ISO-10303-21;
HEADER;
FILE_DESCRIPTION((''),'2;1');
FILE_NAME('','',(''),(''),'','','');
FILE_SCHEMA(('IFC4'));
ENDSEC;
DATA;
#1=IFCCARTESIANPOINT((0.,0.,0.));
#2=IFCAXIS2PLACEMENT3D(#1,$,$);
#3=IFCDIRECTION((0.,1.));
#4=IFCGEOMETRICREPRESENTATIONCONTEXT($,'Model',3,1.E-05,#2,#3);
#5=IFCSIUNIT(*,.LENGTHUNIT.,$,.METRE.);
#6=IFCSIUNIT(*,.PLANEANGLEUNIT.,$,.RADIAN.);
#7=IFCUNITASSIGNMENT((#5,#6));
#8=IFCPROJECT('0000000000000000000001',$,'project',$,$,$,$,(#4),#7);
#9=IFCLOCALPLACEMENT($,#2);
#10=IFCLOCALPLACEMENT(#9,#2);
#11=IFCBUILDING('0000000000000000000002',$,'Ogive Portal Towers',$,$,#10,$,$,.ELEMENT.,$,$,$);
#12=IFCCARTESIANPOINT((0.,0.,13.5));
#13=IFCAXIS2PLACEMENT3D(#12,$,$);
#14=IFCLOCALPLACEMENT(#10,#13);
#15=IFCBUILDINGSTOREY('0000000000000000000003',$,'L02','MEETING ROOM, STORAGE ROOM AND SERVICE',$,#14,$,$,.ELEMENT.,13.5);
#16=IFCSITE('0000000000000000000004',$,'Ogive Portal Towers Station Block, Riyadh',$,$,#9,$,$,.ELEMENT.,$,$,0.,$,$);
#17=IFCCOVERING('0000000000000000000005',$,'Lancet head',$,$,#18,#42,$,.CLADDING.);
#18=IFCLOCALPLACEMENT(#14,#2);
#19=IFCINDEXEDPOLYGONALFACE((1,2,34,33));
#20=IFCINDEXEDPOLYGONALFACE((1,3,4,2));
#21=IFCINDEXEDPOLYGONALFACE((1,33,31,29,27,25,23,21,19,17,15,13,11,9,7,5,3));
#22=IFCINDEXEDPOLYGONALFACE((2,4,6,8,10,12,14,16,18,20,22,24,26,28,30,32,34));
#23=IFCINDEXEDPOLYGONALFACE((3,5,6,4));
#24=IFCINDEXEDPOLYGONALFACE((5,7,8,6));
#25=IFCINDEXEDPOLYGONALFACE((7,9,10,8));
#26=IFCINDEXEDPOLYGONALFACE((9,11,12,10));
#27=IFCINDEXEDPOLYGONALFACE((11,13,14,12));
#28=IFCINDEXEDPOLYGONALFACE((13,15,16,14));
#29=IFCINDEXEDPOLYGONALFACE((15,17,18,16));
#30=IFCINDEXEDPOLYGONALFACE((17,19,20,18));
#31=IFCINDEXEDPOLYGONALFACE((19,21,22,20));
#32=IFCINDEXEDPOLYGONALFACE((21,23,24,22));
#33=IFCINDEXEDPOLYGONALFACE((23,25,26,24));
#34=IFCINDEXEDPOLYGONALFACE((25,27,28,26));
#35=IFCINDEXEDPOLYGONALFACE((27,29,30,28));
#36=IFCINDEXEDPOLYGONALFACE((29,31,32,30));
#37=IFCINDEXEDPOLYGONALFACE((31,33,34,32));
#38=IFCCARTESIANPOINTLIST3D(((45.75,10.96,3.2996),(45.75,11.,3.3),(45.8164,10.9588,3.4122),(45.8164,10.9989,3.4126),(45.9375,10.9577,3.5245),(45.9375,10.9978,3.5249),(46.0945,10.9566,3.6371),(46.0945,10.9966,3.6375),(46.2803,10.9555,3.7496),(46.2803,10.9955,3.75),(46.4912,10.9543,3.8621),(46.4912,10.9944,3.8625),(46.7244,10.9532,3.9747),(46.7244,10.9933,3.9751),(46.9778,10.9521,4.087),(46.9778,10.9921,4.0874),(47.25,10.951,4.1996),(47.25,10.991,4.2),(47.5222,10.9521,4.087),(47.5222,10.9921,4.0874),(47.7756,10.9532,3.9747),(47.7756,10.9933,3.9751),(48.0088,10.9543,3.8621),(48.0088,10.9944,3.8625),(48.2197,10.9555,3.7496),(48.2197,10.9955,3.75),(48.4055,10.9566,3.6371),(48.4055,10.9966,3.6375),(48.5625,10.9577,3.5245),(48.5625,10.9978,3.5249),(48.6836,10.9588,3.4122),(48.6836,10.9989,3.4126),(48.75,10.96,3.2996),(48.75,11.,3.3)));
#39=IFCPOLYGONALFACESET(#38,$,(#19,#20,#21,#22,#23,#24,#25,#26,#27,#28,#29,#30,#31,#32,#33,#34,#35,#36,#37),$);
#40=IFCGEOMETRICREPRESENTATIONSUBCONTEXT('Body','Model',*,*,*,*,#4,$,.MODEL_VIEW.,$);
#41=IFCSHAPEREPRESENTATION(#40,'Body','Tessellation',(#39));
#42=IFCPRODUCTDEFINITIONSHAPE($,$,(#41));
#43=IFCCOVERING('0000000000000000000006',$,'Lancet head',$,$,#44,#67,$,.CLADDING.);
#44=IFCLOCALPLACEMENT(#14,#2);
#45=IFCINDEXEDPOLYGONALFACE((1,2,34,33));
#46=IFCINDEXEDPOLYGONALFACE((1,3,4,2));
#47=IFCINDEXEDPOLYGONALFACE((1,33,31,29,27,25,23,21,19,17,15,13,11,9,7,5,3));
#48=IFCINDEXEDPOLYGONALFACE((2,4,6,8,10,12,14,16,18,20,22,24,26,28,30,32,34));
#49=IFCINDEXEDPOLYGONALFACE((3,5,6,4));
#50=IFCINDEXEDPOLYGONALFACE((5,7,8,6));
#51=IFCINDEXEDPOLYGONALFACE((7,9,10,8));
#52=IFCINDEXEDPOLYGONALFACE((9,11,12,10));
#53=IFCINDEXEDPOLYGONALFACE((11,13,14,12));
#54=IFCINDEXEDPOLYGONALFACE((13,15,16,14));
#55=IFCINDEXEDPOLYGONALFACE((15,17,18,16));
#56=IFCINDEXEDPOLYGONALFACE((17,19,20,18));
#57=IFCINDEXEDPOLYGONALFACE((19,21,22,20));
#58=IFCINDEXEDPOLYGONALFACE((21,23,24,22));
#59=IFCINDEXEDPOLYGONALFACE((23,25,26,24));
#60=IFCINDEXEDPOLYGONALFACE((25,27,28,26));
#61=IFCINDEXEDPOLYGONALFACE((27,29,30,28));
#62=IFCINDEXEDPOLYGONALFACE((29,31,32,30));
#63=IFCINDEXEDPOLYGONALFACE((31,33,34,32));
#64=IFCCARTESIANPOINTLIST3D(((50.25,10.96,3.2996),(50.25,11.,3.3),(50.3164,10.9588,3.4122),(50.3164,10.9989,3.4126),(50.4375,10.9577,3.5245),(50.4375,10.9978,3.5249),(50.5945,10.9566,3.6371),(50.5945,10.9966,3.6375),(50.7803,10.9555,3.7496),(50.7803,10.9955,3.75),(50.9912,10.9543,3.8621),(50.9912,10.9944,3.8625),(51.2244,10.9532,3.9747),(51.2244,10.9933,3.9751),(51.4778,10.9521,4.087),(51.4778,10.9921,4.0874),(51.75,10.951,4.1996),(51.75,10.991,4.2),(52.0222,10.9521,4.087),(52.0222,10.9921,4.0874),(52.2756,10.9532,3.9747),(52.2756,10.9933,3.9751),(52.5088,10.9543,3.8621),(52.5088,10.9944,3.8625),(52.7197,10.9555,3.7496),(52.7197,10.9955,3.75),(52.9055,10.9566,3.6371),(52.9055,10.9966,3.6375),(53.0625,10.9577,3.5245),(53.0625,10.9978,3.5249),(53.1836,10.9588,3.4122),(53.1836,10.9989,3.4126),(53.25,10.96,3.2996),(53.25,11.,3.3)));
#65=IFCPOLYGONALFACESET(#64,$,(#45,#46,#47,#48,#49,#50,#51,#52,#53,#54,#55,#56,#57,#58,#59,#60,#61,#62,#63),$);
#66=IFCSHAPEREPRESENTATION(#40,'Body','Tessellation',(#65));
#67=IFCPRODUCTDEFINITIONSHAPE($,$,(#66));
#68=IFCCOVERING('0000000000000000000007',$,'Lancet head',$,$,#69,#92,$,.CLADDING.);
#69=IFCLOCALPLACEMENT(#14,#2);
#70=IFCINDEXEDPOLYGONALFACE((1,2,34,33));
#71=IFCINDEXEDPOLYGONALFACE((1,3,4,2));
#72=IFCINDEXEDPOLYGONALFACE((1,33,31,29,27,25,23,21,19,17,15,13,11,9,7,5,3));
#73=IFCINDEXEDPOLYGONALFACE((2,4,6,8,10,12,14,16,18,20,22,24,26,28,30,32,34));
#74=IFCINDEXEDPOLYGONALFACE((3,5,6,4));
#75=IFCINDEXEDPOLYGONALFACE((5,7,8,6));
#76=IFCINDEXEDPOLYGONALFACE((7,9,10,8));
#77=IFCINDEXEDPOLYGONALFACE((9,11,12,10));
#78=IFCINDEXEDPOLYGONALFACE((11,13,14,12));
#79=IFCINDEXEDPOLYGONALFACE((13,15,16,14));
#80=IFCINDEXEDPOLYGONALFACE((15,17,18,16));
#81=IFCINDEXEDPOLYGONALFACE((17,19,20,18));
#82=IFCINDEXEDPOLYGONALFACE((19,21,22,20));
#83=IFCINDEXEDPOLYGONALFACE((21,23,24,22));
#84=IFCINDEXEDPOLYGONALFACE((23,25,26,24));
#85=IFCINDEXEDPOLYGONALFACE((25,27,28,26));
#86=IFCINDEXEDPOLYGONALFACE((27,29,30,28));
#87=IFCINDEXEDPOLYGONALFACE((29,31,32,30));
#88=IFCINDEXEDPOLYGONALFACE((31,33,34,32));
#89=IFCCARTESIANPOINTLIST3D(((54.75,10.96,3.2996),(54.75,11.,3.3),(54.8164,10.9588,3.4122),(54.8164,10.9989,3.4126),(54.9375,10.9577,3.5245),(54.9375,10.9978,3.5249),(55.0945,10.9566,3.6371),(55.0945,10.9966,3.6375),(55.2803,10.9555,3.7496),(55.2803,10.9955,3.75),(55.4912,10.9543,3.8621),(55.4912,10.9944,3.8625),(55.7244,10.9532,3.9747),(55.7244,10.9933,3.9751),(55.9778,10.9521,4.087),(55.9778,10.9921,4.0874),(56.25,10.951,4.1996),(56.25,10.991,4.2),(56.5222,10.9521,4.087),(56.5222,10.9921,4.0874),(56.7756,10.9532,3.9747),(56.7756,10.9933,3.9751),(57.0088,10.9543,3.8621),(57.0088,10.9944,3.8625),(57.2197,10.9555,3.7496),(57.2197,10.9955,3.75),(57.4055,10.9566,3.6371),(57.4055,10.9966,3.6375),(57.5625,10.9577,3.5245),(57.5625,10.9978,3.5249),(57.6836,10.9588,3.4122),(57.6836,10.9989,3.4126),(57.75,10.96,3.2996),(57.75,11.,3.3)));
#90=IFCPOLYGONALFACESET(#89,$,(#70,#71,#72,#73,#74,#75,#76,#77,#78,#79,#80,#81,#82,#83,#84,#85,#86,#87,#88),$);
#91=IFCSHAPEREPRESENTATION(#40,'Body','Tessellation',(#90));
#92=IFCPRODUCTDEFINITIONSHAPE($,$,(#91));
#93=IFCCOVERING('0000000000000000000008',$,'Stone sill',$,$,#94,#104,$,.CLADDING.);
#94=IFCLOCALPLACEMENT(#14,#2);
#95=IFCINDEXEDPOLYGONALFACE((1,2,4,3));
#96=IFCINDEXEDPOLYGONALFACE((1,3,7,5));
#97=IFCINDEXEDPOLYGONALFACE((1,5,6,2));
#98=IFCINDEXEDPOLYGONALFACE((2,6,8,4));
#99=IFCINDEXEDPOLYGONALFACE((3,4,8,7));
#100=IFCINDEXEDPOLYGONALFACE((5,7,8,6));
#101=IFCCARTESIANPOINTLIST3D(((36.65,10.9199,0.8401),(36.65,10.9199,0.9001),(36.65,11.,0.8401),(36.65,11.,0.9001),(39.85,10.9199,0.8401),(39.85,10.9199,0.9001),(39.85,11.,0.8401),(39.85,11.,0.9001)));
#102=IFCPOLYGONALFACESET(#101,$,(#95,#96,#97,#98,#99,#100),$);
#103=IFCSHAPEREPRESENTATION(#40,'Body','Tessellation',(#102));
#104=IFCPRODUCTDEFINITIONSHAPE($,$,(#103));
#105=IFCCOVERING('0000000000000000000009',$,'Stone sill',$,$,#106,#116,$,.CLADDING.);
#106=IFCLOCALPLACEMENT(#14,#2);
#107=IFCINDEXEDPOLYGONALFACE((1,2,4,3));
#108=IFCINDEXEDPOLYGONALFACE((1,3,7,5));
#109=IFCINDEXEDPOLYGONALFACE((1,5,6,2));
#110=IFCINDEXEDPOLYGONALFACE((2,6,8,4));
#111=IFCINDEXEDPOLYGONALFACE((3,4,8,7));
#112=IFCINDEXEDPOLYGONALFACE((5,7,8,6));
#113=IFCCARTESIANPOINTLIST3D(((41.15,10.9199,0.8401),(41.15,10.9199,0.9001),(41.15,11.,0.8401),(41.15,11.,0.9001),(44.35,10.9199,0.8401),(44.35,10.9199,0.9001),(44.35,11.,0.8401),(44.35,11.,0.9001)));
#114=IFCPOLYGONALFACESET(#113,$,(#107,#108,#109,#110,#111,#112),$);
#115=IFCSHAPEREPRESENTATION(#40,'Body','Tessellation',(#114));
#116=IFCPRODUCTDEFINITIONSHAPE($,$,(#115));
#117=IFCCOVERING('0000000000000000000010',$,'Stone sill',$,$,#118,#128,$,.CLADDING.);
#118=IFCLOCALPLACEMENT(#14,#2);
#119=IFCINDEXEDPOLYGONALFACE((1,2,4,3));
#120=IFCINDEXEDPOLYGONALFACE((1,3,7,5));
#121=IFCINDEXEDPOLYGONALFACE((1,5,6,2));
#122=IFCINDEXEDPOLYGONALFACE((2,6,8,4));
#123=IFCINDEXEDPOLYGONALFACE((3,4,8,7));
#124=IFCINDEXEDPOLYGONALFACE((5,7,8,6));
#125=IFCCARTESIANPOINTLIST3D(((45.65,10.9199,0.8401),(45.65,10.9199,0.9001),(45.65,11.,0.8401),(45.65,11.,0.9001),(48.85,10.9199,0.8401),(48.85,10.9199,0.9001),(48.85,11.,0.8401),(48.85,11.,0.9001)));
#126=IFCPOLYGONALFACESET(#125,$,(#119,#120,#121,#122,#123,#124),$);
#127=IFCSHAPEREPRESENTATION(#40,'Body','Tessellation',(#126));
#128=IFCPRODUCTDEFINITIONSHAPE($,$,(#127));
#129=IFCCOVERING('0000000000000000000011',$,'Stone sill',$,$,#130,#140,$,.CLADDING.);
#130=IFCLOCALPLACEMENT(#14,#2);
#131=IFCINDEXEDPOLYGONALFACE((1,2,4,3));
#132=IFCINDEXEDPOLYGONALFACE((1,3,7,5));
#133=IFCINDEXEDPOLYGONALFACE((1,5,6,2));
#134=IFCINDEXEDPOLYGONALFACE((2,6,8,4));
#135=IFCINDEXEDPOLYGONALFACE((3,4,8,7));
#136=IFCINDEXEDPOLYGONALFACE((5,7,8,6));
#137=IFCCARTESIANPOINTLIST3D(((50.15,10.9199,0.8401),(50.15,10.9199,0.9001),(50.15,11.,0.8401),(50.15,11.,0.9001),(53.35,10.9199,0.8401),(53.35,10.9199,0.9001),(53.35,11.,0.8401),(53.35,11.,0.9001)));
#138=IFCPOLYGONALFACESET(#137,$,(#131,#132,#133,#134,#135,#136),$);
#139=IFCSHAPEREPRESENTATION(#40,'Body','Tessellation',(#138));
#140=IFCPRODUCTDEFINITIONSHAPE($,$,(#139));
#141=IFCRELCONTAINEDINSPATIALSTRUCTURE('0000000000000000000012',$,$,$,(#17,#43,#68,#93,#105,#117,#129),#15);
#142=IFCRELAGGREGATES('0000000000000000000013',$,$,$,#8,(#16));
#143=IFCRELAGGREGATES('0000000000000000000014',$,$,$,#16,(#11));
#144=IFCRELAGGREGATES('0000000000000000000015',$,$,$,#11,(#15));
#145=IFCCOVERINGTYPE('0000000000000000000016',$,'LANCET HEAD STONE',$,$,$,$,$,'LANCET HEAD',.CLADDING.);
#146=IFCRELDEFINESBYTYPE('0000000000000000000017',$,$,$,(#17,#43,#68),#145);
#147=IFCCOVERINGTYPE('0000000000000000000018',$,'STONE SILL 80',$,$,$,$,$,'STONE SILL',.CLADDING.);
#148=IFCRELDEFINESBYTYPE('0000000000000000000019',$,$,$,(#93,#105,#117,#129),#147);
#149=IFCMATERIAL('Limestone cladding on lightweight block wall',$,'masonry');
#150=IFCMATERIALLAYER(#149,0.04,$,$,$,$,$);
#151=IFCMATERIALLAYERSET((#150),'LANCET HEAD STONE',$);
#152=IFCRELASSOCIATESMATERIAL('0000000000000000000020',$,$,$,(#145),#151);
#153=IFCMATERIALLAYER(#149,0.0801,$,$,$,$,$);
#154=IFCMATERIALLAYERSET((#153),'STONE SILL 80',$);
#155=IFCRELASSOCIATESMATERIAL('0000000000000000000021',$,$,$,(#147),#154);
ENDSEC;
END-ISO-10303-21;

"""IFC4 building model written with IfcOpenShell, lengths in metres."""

from ifc_helpers import new_model, si_unit, direction, frame, origin, origin_2d, place, context, subcontext, project, spatial, polyline, rectangle, outline, extrude, material, layer, layer_set, type_object, element, save


model = new_model("IFC4")

# Units and contexts
model_context = context("Model", 3, precision=1e-05, world=origin(), true_north=direction((0.0, 1.0)))
body_context = subcontext(model_context, "Body", "Model", "MODEL_VIEW")
ifc_project = project(units=[si_unit("LENGTHUNIT", "METRE"), si_unit("PLANEANGLEUNIT", "RADIAN")], contexts=[model_context])

# Site, building, storey
site_placement = place(None, origin())
site = spatial("IfcSite", under=ifc_project, at=site_placement, Name="Ogive Portal Towers Station Block, Riyadh", CompositionType="ELEMENT", RefElevation=0.0)
building_placement = place(site_placement, origin())
building = spatial("IfcBuilding", under=site, at=building_placement, Name="Ogive Portal Towers", CompositionType="ELEMENT")
storey_placement = place(building_placement, frame((0.0, 0.0, 13.5)))
storey = spatial("IfcBuildingStorey", under=building, at=storey_placement, Name="L02", Description="MEETING ROOM, STORAGE ROOM AND SERVICE", CompositionType="ELEMENT", Elevation=13.5)

# Coverings
ifc_material_1 = material(Name="Limestone cladding on lightweight block wall", Category="masonry")
ifc_layer_1 = layer(ifc_material_1, 0.04)
ifc_layer_set_1 = layer_set([ifc_layer_1], Name="LANCET HEAD STONE")
covering_type_1 = type_object("IfcCoveringType", Name="LANCET HEAD STONE", ElementType="LANCET HEAD", PredefinedType="CLADDING", material=ifc_layer_set_1)
for number, where, z_axis, x_axis, name in (
    (1, (45.75, 11.0, 3.3), (0.0, 0.99995, 0.009994), (1.0, 0.0, 0.0), "Lancet head"),
    (2, (50.25, 11.0, 3.3), (0.0, 0.99995, 0.009994), (1.0, 0.0, 0.0), "Lancet head"),
    (3, (54.75, 11.0, 3.3), (0.0, 0.99995, 0.009994), (1.0, 0.0, 0.0), "Lancet head"),
):
    element("IfcCovering", number, at=place(storey_placement, frame(where, z_axis=z_axis, x_axis=x_axis)), inside=storey, type_object=covering_type_1, Name=name, PredefinedType="CLADDING", context=body_context, shape_type="SweptSolid", body=[
        extrude(outline(polyline([(0.0, 0.0), (3.0, 0.0), (2.9336, -0.1126), (2.8125, -0.2249), (2.6555, -0.3374), (2.4697, -0.45), (2.2588, -0.5625), (2.0256, -0.6751), (1.7722, -0.7874), (1.5, -0.8999), (1.2278, -0.7874), (0.9744, -0.6751), (0.7412, -0.5625), (0.5303, -0.45), (0.3445, -0.3374), (0.1875, -0.2249), (0.0664, -0.1126), (0.0, 0.0)])), origin(), (0.0, 0.0, -1.0), 0.04),
    ])
ifc_layer_2 = layer(ifc_material_1, 0.0801)
ifc_layer_set_2 = layer_set([ifc_layer_2], Name="STONE SILL 80")
covering_type_2 = type_object("IfcCoveringType", Name="STONE SILL 80", ElementType="STONE SILL", PredefinedType="CLADDING", material=ifc_layer_set_2)
for number, where, z_axis, x_axis, name in (
    (4, (38.25, 10.96, 0.8401), (0.0, 0.0, 1.0), (1.0, 0.0, 0.0), "Stone sill"),
    (5, (42.75, 10.96, 0.8401), (0.0, 0.0, 1.0), (1.0, 0.0, 0.0), "Stone sill"),
    (6, (47.25, 10.96, 0.8401), (0.0, 0.0, 1.0), (1.0, 0.0, 0.0), "Stone sill"),
    (7, (51.75, 10.96, 0.8401), (0.0, 0.0, 1.0), (1.0, 0.0, 0.0), "Stone sill"),
):
    element("IfcCovering", number, at=place(storey_placement, frame(where, z_axis=z_axis, x_axis=x_axis)), inside=storey, type_object=covering_type_2, Name=name, PredefinedType="CLADDING", context=body_context, shape_type="SweptSolid", body=[
        extrude(rectangle(XDim=3.2, YDim=0.0801, at=origin_2d()), origin(), (0.0, 0.0, 1.0), 0.0601),
    ])

save(model, "model.ifc")
